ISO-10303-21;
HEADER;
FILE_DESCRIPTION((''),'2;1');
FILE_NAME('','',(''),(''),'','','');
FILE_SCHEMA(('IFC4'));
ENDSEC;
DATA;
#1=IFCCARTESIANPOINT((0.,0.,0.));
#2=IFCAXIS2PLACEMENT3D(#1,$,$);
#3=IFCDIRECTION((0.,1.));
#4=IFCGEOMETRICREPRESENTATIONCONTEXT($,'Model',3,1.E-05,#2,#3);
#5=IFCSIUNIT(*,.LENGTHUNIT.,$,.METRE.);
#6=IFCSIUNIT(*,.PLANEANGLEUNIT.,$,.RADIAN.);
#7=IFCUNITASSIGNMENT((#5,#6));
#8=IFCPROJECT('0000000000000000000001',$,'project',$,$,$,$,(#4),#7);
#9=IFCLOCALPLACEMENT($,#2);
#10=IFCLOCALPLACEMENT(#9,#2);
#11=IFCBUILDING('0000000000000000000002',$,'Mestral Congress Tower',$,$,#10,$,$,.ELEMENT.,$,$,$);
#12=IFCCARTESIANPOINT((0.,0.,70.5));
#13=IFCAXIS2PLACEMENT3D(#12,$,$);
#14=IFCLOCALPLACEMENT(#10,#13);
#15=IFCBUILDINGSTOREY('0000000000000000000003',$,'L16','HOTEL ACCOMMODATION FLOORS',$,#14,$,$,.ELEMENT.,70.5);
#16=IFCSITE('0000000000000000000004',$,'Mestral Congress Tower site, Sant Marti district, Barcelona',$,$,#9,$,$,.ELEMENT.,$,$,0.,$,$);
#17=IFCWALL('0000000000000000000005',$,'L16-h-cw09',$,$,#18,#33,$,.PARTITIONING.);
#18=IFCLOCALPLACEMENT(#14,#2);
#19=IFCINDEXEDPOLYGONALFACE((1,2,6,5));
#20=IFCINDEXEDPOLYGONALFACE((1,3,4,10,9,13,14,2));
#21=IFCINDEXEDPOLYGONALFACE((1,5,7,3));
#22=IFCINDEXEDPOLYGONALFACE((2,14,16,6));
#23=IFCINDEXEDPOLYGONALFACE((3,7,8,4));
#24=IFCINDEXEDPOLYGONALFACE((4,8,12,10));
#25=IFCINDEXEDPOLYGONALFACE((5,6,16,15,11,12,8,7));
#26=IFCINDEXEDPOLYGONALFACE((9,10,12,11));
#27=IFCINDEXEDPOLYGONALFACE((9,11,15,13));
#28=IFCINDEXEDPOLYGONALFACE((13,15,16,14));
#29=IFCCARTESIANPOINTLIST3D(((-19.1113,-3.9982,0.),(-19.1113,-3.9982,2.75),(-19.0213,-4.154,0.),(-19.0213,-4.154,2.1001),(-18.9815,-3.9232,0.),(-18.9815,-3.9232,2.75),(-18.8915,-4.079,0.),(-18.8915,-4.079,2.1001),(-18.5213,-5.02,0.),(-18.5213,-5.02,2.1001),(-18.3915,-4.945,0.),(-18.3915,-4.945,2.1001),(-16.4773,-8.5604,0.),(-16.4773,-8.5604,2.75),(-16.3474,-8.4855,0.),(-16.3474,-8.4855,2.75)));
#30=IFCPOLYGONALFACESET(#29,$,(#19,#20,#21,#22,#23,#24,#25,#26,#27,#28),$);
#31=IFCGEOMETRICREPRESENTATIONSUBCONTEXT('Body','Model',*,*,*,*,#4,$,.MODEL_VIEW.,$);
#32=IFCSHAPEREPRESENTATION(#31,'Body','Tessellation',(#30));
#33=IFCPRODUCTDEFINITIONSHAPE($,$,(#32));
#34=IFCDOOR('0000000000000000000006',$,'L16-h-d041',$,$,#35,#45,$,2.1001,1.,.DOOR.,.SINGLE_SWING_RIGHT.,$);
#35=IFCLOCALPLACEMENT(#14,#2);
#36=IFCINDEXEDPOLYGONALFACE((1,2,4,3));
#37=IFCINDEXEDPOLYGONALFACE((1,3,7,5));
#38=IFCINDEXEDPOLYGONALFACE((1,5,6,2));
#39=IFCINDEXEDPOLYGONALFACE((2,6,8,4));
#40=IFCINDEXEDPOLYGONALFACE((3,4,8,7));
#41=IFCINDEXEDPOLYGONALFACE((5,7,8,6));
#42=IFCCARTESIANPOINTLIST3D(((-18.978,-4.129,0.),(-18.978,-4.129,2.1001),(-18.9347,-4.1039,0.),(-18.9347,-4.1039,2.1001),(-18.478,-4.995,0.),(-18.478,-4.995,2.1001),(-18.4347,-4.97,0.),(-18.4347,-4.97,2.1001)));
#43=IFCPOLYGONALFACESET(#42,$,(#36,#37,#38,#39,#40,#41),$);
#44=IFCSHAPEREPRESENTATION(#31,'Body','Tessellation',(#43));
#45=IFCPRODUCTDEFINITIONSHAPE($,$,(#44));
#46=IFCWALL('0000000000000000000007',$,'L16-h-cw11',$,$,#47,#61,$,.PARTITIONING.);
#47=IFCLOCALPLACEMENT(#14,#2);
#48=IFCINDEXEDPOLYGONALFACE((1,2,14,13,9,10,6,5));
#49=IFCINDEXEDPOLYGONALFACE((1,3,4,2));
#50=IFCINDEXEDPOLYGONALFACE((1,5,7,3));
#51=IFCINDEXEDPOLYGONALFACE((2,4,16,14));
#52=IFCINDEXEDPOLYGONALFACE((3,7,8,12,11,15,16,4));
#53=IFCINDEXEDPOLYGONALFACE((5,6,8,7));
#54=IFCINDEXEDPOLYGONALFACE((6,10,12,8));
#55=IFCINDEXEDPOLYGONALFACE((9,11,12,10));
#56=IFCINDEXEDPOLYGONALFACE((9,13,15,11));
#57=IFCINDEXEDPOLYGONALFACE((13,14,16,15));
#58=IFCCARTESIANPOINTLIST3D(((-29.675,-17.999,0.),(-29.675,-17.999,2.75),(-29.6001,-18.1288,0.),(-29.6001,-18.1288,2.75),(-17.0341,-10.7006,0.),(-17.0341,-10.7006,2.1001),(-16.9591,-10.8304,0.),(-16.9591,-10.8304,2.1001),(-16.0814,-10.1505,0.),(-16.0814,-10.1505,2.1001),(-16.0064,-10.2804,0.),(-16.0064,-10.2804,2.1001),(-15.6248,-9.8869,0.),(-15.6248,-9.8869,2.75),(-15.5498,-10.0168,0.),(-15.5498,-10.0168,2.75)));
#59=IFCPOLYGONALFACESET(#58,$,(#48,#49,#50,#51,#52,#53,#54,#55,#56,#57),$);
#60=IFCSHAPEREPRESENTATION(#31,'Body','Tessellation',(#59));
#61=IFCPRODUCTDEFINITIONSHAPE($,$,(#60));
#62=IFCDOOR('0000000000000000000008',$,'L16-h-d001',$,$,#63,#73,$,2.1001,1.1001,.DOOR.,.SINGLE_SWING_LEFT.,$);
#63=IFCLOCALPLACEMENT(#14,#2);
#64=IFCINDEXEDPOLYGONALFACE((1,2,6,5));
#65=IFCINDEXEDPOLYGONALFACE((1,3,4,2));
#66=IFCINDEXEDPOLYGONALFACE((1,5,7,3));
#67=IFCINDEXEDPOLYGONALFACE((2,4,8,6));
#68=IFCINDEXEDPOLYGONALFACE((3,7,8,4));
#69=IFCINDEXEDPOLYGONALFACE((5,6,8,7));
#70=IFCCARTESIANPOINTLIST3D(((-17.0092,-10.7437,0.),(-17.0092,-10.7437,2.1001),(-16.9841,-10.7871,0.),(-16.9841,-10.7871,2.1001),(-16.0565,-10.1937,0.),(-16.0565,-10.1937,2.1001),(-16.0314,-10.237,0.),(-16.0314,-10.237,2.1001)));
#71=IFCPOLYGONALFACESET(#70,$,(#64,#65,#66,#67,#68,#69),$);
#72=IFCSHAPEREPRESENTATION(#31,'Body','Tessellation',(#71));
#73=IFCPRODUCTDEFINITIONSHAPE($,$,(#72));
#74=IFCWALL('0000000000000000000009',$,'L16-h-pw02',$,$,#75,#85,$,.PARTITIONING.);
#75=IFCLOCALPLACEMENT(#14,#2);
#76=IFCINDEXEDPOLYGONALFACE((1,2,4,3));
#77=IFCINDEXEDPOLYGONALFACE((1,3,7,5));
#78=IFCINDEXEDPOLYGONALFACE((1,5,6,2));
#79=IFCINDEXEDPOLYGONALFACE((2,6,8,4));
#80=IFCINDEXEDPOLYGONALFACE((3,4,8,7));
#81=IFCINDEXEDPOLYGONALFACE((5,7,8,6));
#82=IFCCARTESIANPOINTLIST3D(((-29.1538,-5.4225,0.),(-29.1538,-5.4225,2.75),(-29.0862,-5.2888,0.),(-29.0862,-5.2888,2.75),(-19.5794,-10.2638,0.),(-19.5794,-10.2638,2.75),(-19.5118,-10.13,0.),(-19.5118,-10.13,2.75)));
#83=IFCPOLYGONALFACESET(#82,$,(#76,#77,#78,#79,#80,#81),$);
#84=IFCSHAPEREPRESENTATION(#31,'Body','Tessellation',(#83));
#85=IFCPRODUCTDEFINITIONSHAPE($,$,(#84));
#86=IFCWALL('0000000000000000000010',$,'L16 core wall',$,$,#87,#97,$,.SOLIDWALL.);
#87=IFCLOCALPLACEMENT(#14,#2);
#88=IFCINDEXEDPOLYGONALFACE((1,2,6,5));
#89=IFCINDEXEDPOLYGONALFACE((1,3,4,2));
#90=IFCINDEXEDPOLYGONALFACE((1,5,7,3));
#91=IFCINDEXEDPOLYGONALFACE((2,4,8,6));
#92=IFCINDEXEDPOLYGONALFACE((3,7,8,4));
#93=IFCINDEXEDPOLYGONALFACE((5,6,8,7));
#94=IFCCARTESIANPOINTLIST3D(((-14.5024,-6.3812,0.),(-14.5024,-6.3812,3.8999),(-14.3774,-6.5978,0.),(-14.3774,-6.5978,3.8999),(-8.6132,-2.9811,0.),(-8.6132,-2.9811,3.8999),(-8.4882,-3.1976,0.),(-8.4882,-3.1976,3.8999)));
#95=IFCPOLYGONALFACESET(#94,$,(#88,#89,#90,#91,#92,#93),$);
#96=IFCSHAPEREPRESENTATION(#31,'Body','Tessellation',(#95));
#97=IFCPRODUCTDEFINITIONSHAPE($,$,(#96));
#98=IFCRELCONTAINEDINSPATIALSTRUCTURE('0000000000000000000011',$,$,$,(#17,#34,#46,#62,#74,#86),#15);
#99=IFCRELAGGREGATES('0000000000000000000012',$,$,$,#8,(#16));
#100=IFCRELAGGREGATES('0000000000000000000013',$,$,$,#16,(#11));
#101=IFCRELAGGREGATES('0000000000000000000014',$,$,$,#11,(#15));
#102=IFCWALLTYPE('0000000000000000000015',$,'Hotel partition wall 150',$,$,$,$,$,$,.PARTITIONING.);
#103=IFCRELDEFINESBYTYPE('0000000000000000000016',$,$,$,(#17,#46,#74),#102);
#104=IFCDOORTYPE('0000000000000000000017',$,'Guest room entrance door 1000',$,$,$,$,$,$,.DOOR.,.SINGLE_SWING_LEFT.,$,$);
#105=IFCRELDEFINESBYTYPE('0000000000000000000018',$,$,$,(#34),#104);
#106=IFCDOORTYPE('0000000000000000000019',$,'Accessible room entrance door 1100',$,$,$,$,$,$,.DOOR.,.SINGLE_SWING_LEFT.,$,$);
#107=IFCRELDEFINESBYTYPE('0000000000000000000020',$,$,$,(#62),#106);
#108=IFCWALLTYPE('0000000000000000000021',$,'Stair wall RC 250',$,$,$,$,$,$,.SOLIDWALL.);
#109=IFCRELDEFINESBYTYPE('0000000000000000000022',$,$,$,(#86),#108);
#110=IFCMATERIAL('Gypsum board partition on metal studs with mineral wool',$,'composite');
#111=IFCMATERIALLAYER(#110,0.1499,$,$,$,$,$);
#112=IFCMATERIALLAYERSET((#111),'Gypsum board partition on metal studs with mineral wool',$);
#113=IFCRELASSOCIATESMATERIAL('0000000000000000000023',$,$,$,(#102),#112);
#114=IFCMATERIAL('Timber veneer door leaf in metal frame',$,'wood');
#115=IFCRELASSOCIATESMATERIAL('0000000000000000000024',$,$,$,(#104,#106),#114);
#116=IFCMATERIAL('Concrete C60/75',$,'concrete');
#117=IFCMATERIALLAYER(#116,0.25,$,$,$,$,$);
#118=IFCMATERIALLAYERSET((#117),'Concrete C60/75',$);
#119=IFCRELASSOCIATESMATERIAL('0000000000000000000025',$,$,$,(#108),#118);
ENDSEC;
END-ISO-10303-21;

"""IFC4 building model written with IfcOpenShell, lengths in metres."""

from ifc_helpers import new_model, si_unit, direction, frame, frame_2d, origin, place, context, subcontext, project, spatial, rectangle, extrude, material, layer, layer_set, type_object, element, fill, save


model = new_model("IFC4")

# Units and contexts
model_context = context("Model", 3, precision=1e-05, world=origin(), true_north=direction((0.0, 1.0)))
body_context = subcontext(model_context, "Body", "Model", "MODEL_VIEW")
ifc_project = project(units=[si_unit("LENGTHUNIT", "METRE"), si_unit("PLANEANGLEUNIT", "RADIAN")], contexts=[model_context])

# Site, building, storey
site_placement = place(None, origin())
site = spatial("IfcSite", under=ifc_project, at=site_placement, Name="Mestral Congress Tower site, Sant Marti district, Barcelona", CompositionType="ELEMENT", RefElevation=0.0)
building_placement = place(site_placement, origin())
building = spatial("IfcBuilding", under=site, at=building_placement, Name="Mestral Congress Tower", CompositionType="ELEMENT")
storey_placement = place(building_placement, frame((0.0, 0.0, 70.5)))
storey = spatial("IfcBuildingStorey", under=building, at=storey_placement, Name="L16", Description="HOTEL ACCOMMODATION FLOORS", CompositionType="ELEMENT", Elevation=70.5)

# Shared definitions
ifc_material_1 = material(Name="Gypsum board partition on metal studs with mineral wool", Category="composite")

# Shared definitions
ifc_layer_1 = layer(ifc_material_1, 0.1499)
ifc_layer_set_1 = layer_set([ifc_layer_1], Name="Gypsum board partition on metal studs with mineral wool")
wall_type_1 = type_object("IfcWallType", Name="Hotel partition wall 150", PredefinedType="PARTITIONING", material=ifc_layer_set_1)
ifc_material_2 = material(Name="Timber veneer door leaf in metal frame", Category="wood")
door_type_1 = type_object("IfcDoorType", Name="Guest room entrance door 1000", OperationType="SINGLE_SWING_LEFT", PredefinedType="DOOR", material=ifc_material_2)

# Walls, openings, doors
wall_1_placement = place(storey_placement, frame((-16.4124, -8.5229, 0.0), z_axis=(0.0, 0.0, 1.0), x_axis=(-0.500002, 0.866024, 0.0)))
wall_1 = element("IfcWall", 1, at=wall_1_placement, inside=storey, type_object=wall_type_1, Name="L16-h-cw09", PredefinedType="PARTITIONING", context=body_context, shape_type="SweptSolid", body=[
    extrude(rectangle(XDim=5.2681, YDim=0.1499, at=frame_2d((2.634, 0.0))), origin(), (0.0, 0.0, 1.0), 2.75),
])
opening_1_placement = place(wall_1_placement, frame((4.0881, 0.0, 0.0)))
opening_1 = element("IfcOpeningElement", 2, at=opening_1_placement, cuts=wall_1, PredefinedType="OPENING", context=body_context, shape_type="SweptSolid", body=[
    extrude(rectangle(XDim=1.0, YDim=2.1001, at=frame_2d((0.5, 1.05))), frame((0.0, 0.085, 0.0), z_axis=(0.0, -1.0, 0.0), x_axis=(1.0, 0.0, 0.0)), (0.0, 0.0, 1.0), 0.1699),
])
door_1_placement = place(opening_1_placement, origin())
door_1 = element("IfcDoor", 3, at=door_1_placement, inside=storey, type_object=door_type_1, Name="L16-h-d041", OperationType="SINGLE_SWING_RIGHT", OverallHeight=2.1001, OverallWidth=1.0, PredefinedType="DOOR", context=body_context, shape_type="SweptSolid", body=[
    extrude(rectangle(XDim=1.0, YDim=2.1001, at=frame_2d((0.5, 1.05))), frame((0.0, 0.0249, 0.0), z_axis=(0.0, -1.0, 0.0), x_axis=(1.0, 0.0, 0.0)), (0.0, 0.0, 1.0), 0.05),
])
fill(opening_1, door_1)
wall_2_placement = place(storey_placement, frame((-15.5874, -9.9519, 0.0), z_axis=(0.0, 0.0, 1.0), x_axis=(-0.866022, -0.500006, 0.0)))
wall_2 = element("IfcWall", 4, at=wall_2_placement, inside=storey, type_object=wall_type_1, Name="L16-h-cw11", PredefinedType="PARTITIONING", context=body_context, shape_type="SweptSolid", body=[
    extrude(rectangle(XDim=16.2239, YDim=0.1499, at=frame_2d((8.1118, 0.0))), origin(), (0.0, 0.0, 1.0), 2.75),
])
opening_2_placement = place(wall_2_placement, frame((0.5271, 0.0, 0.0)))
opening_2 = element("IfcOpeningElement", 5, at=opening_2_placement, cuts=wall_2, PredefinedType="OPENING", context=body_context, shape_type="SweptSolid", body=[
    extrude(rectangle(XDim=1.1001, YDim=2.1001, at=frame_2d((0.55, 1.05))), frame((0.0, 0.085, 0.0), z_axis=(0.0, -1.0, 0.0), x_axis=(1.0, 0.0, 0.0)), (0.0, 0.0, 1.0), 0.1699),
])
door_type_2 = type_object("IfcDoorType", Name="Accessible room entrance door 1100", OperationType="SINGLE_SWING_LEFT", PredefinedType="DOOR", material=ifc_material_2)
door_2_placement = place(opening_2_placement, origin())
door_2 = element("IfcDoor", 6, at=door_2_placement, inside=storey, type_object=door_type_2, Name="L16-h-d001", OperationType="SINGLE_SWING_LEFT", OverallHeight=2.1001, OverallWidth=1.1001, PredefinedType="DOOR", context=body_context, shape_type="SweptSolid", body=[
    extrude(rectangle(XDim=1.1001, YDim=2.1001, at=frame_2d((0.55, 1.05))), frame((0.0, 0.0249, 0.0), z_axis=(0.0, -1.0, 0.0), x_axis=(1.0, 0.0, 0.0)), (0.0, 0.0, 1.0), 0.05),
])
fill(opening_2, door_2)

# Walls
wall_3_placement = place(storey_placement, frame((-29.1199, -5.3557, 0.0), z_axis=(0.0, 0.0, 1.0), x_axis=(0.892402, -0.451241, 0.0)))
element("IfcWall", 7, at=wall_3_placement, inside=storey, type_object=wall_type_1, Name="L16-h-pw02", PredefinedType="PARTITIONING", context=body_context, shape_type="SweptSolid", body=[
    extrude(rectangle(XDim=10.7288, YDim=0.1499, at=frame_2d((5.3643, 0.0))), origin(), (0.0, 0.0, 1.0), 2.75),
])
ifc_material_3 = material(Name="Concrete C60/75", Category="concrete")
ifc_layer_2 = layer(ifc_material_3, 0.25)
ifc_layer_set_2 = layer_set([ifc_layer_2], Name="Concrete C60/75")
wall_type_2 = type_object("IfcWallType", Name="Stair wall RC 250", PredefinedType="SOLIDWALL", material=ifc_layer_set_2)
wall_4_placement = place(storey_placement, frame((-14.4399, -6.4895, 0.0), z_axis=(0.0, 0.0, 1.0), x_axis=(0.866023, 0.500004, 0.0)))
element("IfcWall", 8, at=wall_4_placement, inside=storey, type_object=wall_type_2, Name="L16 core wall", PredefinedType="SOLIDWALL", context=body_context, shape_type="SweptSolid", body=[
    extrude(rectangle(XDim=6.8003, YDim=0.25, at=frame_2d((3.4001, 0.0))), origin(), (0.0, 0.0, 1.0), 3.8999),
])

save(model, "model.ifc")
